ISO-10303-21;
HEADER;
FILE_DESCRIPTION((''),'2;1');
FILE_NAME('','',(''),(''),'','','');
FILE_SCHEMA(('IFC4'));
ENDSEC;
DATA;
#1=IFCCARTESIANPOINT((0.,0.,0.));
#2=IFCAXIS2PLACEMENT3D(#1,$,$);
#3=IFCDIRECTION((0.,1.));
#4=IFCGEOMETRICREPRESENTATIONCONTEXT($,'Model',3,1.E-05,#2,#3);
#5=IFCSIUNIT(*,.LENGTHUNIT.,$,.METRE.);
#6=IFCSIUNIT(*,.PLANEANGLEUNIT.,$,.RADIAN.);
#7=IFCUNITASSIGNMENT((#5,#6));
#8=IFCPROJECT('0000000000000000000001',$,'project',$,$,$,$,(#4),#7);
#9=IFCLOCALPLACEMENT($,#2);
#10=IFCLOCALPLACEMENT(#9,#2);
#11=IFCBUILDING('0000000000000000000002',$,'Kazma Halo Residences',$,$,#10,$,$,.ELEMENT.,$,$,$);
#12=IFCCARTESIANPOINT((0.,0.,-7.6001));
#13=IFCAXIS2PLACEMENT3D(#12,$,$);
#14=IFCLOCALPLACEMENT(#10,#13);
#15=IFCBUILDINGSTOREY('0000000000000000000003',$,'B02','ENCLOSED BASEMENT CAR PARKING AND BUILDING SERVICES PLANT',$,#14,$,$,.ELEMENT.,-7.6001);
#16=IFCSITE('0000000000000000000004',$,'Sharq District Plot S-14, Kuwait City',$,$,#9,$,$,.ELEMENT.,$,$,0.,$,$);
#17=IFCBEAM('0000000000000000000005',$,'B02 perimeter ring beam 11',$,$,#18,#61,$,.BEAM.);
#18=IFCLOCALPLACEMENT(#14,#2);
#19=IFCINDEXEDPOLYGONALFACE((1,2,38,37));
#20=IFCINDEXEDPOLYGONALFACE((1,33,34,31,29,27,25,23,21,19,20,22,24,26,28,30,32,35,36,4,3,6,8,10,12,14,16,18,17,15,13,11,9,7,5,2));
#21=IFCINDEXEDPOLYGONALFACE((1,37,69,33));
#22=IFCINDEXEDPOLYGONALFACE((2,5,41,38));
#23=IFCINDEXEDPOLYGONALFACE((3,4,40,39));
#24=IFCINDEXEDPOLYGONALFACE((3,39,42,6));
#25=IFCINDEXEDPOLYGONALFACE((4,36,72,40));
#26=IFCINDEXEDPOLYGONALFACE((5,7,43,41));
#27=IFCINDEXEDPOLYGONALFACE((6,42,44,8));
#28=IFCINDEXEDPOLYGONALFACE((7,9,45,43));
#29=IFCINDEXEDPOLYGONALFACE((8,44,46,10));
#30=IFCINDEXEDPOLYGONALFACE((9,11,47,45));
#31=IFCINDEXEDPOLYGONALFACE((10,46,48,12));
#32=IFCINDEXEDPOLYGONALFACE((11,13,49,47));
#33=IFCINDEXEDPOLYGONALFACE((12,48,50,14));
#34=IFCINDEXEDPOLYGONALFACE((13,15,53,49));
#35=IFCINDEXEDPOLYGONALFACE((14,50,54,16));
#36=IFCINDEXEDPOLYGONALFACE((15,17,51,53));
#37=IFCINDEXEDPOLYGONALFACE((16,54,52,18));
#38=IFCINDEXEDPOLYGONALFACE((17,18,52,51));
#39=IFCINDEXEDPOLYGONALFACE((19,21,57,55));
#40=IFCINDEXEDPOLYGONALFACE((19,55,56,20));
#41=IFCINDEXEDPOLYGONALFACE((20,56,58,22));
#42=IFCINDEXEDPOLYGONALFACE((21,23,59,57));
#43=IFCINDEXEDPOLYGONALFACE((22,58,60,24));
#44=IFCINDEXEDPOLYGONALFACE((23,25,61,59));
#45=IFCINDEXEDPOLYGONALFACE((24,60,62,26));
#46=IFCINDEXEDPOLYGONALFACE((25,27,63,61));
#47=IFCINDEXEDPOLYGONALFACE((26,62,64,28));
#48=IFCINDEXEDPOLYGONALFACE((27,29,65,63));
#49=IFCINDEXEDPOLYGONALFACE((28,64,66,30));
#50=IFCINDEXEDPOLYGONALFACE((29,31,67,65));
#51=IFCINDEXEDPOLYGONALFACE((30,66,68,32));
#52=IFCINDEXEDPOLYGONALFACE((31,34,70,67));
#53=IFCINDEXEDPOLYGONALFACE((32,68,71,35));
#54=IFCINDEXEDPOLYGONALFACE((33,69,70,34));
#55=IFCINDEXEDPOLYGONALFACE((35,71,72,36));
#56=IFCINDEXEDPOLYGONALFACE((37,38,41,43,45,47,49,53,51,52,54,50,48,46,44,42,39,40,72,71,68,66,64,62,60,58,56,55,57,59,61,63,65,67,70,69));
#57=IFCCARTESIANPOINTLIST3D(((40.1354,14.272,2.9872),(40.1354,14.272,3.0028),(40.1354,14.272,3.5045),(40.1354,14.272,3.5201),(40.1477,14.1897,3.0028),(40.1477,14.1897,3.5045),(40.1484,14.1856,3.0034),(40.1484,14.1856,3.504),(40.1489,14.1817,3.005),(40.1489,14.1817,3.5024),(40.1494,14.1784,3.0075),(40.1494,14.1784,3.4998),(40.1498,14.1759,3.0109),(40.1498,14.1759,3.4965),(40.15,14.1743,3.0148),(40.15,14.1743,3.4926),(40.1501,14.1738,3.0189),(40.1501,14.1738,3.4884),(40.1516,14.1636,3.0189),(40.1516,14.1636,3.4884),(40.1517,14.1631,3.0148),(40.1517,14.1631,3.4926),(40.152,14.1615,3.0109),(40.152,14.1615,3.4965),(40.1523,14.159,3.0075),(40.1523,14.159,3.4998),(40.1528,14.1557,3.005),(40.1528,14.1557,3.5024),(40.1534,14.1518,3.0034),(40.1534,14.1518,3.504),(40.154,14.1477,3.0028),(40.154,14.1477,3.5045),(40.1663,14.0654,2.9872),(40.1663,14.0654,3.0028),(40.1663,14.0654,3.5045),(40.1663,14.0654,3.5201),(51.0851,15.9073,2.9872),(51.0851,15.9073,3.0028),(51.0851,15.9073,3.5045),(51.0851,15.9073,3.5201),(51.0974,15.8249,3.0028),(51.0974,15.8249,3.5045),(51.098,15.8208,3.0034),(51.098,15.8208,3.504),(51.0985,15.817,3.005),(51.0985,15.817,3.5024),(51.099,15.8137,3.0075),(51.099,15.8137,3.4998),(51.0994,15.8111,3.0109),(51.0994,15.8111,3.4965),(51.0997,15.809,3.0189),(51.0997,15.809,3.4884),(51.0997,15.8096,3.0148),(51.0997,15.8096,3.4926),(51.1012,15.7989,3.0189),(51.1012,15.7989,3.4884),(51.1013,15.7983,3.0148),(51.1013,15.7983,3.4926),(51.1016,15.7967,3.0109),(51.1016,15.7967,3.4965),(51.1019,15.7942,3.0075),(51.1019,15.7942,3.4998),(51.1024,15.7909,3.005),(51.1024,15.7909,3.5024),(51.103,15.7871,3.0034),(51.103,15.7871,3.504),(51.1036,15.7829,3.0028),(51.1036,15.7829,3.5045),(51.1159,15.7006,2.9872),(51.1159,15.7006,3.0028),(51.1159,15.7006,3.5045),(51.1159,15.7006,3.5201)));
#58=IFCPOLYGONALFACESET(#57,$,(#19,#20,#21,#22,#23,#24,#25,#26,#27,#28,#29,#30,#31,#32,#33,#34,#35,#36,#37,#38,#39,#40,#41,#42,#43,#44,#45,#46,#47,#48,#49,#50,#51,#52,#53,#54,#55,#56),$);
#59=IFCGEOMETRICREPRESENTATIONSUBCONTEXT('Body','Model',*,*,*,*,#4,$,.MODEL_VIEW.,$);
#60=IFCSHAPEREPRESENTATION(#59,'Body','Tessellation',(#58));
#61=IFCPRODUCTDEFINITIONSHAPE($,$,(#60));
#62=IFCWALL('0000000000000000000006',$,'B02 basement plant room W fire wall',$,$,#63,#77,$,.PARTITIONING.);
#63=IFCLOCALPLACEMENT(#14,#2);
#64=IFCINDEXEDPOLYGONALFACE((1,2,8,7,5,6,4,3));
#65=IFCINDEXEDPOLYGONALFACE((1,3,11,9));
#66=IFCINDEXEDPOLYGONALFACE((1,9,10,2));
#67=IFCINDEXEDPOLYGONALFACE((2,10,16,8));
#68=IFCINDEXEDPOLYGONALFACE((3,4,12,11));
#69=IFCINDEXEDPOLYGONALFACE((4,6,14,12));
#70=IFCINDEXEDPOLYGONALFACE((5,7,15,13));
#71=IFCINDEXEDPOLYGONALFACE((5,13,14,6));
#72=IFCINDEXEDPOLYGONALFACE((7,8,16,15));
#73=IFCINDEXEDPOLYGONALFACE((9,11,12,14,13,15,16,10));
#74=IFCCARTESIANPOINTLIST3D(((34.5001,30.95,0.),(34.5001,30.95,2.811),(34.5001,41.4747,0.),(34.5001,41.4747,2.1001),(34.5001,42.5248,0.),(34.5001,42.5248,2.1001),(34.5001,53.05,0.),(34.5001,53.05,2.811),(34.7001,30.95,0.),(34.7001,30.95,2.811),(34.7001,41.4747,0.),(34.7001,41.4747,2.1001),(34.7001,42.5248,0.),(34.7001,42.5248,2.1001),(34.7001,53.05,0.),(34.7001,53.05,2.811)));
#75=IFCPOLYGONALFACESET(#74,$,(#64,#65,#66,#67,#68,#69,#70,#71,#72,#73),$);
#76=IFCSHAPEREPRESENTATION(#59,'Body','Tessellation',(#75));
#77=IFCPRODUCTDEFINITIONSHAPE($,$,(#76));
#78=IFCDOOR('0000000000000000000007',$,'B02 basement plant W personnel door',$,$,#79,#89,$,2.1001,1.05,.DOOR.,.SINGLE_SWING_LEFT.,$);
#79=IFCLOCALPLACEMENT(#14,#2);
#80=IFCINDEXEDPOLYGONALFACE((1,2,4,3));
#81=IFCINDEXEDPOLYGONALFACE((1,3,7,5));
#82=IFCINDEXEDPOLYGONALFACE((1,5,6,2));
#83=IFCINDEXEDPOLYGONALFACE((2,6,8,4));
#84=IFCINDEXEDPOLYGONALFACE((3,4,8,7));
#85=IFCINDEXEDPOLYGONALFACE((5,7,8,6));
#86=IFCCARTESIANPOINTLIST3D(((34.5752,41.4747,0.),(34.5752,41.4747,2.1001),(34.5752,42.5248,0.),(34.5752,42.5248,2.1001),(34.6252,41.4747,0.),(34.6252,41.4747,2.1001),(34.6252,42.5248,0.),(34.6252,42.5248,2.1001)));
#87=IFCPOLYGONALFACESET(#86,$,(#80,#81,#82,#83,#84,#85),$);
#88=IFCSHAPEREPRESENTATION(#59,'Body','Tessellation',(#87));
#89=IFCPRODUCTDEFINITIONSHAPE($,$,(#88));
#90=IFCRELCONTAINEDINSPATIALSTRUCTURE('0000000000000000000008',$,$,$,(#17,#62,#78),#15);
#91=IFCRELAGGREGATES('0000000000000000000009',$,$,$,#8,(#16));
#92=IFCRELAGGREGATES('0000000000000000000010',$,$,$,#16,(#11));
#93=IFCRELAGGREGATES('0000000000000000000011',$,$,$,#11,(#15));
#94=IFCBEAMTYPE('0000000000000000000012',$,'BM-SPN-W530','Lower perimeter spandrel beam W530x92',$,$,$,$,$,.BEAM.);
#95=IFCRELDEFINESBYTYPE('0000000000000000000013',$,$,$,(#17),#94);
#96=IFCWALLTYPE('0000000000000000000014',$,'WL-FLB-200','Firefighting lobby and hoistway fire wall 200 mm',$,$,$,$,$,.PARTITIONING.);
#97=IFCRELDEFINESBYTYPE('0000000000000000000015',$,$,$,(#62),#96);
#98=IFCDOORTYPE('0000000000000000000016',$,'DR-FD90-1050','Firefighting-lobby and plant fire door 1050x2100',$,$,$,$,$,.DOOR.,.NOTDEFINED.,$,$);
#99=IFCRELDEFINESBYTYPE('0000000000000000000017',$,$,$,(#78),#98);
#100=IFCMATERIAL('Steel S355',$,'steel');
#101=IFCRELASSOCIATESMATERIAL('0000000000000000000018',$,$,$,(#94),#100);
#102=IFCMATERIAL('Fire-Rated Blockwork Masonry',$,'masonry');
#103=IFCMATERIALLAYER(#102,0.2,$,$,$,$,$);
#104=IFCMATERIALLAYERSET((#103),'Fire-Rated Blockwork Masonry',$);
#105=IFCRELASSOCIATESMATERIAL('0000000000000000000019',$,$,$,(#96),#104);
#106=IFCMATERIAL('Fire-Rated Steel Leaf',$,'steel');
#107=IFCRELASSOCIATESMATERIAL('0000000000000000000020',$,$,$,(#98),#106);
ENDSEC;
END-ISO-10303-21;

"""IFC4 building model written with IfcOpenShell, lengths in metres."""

from ifc_helpers import new_model, si_unit, direction, frame, frame_2d, origin, origin_2d, place, context, subcontext, project, spatial, rectangle, i_section, extrude, material, layer, layer_set, material_profile, profile_set, type_object, element, fill, save


model = new_model("IFC4")

# Units and contexts
model_context = context("Model", 3, precision=1e-05, world=origin(), true_north=direction((0.0, 1.0)))
body_context = subcontext(model_context, "Body", "Model", "MODEL_VIEW")
ifc_project = project(units=[si_unit("LENGTHUNIT", "METRE"), si_unit("PLANEANGLEUNIT", "RADIAN")], contexts=[model_context])

# Site, building, storey
site_placement = place(None, origin())
site = spatial("IfcSite", under=ifc_project, at=site_placement, Name="Sharq District Plot S-14, Kuwait City", CompositionType="ELEMENT", RefElevation=0.0)
building_placement = place(site_placement, origin())
building = spatial("IfcBuilding", under=site, at=building_placement, Name="Kazma Halo Residences", CompositionType="ELEMENT")
storey_placement = place(building_placement, frame((0.0, 0.0, -7.6001)))
storey = spatial("IfcBuildingStorey", under=building, at=storey_placement, Name="B02", Description="ENCLOSED BASEMENT CAR PARKING AND BUILDING SERVICES PLANT", CompositionType="ELEMENT", Elevation=-7.6001)

# Beam
ifc_material_1 = material(Name="Steel S355", Category="steel")
ifc_material_profile_1 = material_profile(ifc_material_1, i_section(OverallWidth=0.209, OverallDepth=0.533, WebThickness=0.0103, FlangeThickness=0.0156, FilletRadius=0.0161, at=origin_2d()), Name="W530x92")
ifc_profile_set_1 = profile_set([ifc_material_profile_1], Name="Steel S355")
beam_type_1 = type_object("IfcBeamType", Name="BM-SPN-W530", Description="Lower perimeter spandrel beam W530x92", PredefinedType="BEAM", material=ifc_profile_set_1)
beam_1_placement = place(storey_placement, frame((40.1509, 14.1687, 3.2537), z_axis=(0.989032, 0.147704, 0.0), x_axis=(-0.147704, 0.989032, 0.0)))
element("IfcBeam", 1, at=beam_1_placement, inside=storey, type_object=beam_type_1, Name="B02 perimeter ring beam 11", PredefinedType="BEAM", context=body_context, shape_type="SweptSolid", body=[
    extrude(i_section(OverallWidth=0.209, OverallDepth=0.533, WebThickness=0.0103, FlangeThickness=0.0156, FilletRadius=0.0161, at=origin_2d()), origin(), (0.0, 0.0, 1.0), 11.071),
])

# Wall, opening, door
ifc_material_2 = material(Name="Fire-Rated Blockwork Masonry", Category="masonry")
ifc_layer = layer(ifc_material_2, 0.2)
ifc_layer_set = layer_set([ifc_layer], Name="Fire-Rated Blockwork Masonry")
wall_type = type_object("IfcWallType", Name="WL-FLB-200", Description="Firefighting lobby and hoistway fire wall 200 mm", PredefinedType="PARTITIONING", material=ifc_layer_set)
wall_placement = place(storey_placement, frame((34.6001, 30.95, 0.0), z_axis=(0.0, 0.0, 1.0), x_axis=(0.0, 1.0, 0.0)))
wall = element("IfcWall", 2, at=wall_placement, inside=storey, type_object=wall_type, Name="B02 basement plant room W fire wall", PredefinedType="PARTITIONING", context=body_context, shape_type="SweptSolid", body=[
    extrude(rectangle(XDim=22.1001, YDim=0.2, at=frame_2d((11.05, 0.0))), origin(), (0.0, 0.0, 1.0), 2.811),
])
opening_placement = place(wall_placement, frame((10.5249, 0.0, 0.0)))
opening = element("IfcOpeningElement", 3, at=opening_placement, cuts=wall, PredefinedType="OPENING", context=body_context, shape_type="SweptSolid", body=[
    extrude(rectangle(XDim=1.05, YDim=2.1001, at=frame_2d((0.5249, 1.05))), frame((0.0, 0.1099, 0.0), z_axis=(0.0, -1.0, 0.0), x_axis=(1.0, 0.0, 0.0)), (0.0, 0.0, 1.0), 0.22),
])
ifc_material_3 = material(Name="Fire-Rated Steel Leaf", Category="steel")
door_type = type_object("IfcDoorType", Name="DR-FD90-1050", Description="Firefighting-lobby and plant fire door 1050x2100", OperationType="NOTDEFINED", PredefinedType="DOOR", material=ifc_material_3)
door_placement = place(opening_placement, origin())
door = element("IfcDoor", 4, at=door_placement, inside=storey, type_object=door_type, Name="B02 basement plant W personnel door", OperationType="SINGLE_SWING_LEFT", OverallHeight=2.1001, OverallWidth=1.05, PredefinedType="DOOR", context=body_context, shape_type="SweptSolid", body=[
    extrude(rectangle(XDim=1.05, YDim=2.1001, at=frame_2d((0.5249, 1.05))), frame((0.0, 0.0249, 0.0), z_axis=(0.0, -1.0, 0.0), x_axis=(1.0, 0.0, 0.0)), (0.0, 0.0, 1.0), 0.05),
])
fill(opening, door)

save(model, "model.ifc")
